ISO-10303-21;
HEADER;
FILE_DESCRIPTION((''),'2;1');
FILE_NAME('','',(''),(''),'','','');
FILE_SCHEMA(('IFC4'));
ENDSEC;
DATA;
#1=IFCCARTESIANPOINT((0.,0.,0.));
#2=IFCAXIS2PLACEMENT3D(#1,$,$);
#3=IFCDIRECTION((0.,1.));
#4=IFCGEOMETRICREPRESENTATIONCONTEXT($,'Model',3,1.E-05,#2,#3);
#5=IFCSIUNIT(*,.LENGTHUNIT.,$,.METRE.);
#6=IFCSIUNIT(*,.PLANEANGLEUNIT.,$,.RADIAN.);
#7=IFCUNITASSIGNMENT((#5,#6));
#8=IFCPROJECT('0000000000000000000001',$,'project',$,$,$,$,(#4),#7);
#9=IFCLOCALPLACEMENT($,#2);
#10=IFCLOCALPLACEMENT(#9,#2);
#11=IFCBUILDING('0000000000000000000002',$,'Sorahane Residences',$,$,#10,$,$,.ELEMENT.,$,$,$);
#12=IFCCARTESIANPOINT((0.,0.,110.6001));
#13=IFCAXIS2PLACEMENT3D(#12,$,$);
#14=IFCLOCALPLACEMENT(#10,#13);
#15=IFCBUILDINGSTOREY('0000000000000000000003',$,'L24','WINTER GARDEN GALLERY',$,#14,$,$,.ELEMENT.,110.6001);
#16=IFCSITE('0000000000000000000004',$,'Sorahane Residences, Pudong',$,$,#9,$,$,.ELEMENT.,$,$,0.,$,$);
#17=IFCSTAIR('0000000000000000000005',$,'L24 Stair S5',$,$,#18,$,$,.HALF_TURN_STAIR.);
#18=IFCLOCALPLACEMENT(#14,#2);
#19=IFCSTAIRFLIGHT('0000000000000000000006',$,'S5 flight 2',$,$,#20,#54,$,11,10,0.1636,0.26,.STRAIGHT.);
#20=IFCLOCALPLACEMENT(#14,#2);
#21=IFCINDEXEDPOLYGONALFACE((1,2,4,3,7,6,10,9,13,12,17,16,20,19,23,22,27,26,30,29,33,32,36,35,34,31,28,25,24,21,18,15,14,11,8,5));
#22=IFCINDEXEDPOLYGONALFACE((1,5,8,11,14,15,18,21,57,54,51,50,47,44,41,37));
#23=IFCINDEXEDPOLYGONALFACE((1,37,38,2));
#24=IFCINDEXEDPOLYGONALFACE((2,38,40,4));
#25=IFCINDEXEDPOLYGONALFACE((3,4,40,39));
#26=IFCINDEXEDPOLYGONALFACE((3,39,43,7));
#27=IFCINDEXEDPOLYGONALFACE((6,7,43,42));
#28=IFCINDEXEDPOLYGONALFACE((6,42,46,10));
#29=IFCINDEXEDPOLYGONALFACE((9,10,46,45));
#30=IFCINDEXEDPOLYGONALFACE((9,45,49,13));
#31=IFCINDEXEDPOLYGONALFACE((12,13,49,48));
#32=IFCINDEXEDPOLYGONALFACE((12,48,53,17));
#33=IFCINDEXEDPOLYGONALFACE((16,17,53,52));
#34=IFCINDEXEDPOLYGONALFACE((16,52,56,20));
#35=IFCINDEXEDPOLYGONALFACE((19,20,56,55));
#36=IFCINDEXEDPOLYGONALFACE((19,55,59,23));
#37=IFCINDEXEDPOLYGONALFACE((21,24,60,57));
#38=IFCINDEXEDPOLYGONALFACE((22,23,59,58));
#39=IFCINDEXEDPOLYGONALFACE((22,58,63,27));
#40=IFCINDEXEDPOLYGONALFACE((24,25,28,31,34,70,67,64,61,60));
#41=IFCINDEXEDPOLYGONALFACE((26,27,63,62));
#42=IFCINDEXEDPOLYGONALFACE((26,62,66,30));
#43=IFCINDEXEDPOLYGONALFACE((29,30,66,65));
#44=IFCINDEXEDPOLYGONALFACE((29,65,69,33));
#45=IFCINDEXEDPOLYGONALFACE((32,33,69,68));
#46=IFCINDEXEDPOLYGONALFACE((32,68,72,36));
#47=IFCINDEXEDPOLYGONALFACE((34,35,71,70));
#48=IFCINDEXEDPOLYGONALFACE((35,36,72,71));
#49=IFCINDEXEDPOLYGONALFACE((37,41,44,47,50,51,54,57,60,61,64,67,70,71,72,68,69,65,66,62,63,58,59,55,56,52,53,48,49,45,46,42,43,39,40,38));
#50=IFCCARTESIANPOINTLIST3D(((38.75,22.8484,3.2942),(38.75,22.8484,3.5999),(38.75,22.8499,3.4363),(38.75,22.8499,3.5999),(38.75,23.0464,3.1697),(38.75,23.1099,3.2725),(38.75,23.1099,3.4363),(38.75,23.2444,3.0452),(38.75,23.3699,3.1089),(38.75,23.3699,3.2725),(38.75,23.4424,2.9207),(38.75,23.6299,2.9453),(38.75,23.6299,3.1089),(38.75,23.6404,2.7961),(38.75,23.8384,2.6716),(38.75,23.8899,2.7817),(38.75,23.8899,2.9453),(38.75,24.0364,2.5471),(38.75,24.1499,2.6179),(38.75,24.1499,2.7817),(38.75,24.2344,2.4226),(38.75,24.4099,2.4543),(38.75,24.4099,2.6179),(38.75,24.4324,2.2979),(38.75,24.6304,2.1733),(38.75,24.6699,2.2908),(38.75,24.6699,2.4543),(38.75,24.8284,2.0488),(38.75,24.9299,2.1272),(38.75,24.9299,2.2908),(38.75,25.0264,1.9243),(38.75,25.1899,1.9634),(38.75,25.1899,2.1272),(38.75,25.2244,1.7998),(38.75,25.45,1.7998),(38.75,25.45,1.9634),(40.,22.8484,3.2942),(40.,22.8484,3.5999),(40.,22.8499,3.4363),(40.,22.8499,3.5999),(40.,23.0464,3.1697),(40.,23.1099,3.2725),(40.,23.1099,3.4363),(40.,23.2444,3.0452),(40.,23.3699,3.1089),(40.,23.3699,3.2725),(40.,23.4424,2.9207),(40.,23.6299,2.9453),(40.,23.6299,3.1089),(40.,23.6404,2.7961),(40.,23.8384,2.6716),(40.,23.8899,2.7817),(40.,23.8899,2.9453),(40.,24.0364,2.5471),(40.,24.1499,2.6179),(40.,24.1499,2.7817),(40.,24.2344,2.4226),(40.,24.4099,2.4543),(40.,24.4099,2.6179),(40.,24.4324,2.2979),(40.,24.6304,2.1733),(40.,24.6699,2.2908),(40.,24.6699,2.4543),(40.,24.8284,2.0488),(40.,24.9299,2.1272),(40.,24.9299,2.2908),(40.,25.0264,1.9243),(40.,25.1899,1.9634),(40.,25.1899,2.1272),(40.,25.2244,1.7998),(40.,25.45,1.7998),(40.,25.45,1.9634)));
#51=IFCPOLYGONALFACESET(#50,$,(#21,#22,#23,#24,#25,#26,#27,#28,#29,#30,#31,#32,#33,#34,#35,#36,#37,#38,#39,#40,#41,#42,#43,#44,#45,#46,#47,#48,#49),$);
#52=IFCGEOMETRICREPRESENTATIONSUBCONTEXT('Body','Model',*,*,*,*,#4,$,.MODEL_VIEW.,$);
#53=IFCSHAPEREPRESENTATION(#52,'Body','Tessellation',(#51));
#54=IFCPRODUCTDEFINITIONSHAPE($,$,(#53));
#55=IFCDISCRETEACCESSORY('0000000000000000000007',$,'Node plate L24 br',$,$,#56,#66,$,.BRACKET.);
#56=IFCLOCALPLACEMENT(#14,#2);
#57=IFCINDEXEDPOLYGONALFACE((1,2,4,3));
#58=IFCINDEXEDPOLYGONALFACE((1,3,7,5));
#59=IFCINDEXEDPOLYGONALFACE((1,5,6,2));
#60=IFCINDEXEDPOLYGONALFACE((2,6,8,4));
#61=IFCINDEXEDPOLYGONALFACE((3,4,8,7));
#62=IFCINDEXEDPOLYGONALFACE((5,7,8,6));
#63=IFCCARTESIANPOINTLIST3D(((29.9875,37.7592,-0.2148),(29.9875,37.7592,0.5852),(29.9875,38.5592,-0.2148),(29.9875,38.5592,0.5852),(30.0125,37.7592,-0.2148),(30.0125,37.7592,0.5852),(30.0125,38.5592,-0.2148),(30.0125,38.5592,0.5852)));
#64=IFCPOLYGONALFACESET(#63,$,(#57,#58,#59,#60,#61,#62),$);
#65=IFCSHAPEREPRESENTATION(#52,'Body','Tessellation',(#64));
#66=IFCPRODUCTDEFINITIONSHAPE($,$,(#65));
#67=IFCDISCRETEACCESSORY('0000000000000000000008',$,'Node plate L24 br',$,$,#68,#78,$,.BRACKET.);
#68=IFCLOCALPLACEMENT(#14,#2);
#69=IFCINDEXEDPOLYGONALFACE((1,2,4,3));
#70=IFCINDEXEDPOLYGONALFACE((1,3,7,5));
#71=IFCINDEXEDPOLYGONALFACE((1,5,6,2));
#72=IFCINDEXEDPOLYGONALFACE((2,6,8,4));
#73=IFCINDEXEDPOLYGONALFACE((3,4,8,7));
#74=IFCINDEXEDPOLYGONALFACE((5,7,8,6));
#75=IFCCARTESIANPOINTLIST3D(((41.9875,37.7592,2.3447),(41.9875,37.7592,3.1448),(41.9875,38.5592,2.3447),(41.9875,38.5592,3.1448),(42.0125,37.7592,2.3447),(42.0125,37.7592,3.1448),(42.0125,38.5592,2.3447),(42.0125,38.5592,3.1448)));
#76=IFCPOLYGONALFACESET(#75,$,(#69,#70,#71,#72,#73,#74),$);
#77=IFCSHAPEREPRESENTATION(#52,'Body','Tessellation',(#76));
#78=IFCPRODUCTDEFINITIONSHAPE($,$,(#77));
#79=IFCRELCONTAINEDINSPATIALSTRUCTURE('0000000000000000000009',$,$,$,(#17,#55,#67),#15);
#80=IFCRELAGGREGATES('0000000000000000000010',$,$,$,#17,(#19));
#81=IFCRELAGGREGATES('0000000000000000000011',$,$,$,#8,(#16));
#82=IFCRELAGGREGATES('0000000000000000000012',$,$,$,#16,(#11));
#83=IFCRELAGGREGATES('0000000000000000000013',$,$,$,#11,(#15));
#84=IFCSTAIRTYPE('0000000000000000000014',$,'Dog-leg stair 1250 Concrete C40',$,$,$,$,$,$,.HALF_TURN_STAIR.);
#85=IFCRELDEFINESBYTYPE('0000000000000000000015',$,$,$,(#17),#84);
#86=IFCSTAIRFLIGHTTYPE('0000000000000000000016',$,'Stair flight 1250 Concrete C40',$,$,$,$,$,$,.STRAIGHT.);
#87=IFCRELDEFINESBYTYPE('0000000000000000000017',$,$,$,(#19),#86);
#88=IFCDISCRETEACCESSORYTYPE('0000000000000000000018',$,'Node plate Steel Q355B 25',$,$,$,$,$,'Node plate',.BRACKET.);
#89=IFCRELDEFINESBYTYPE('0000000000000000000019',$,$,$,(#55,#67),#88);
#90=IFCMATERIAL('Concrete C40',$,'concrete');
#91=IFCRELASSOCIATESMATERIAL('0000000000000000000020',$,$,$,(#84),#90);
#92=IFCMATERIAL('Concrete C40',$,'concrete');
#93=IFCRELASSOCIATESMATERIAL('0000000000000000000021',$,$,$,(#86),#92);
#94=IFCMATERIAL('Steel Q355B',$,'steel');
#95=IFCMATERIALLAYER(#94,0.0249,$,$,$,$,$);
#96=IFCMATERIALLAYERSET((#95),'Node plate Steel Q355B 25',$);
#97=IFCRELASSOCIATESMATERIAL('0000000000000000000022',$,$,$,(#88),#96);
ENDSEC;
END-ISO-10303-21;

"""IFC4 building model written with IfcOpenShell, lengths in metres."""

from ifc_helpers import new_model, si_unit, direction, frame, origin, origin_2d, place, context, subcontext, project, spatial, polyline, rectangle, outline, extrude, material, layer, layer_set, type_object, element, aggregate, save


model = new_model("IFC4")

# Units and contexts
model_context = context("Model", 3, precision=1e-05, world=origin(), true_north=direction((0.0, 1.0)))
body_context = subcontext(model_context, "Body", "Model", "MODEL_VIEW")
ifc_project = project(units=[si_unit("LENGTHUNIT", "METRE"), si_unit("PLANEANGLEUNIT", "RADIAN")], contexts=[model_context])

# Site, building, storey
site_placement = place(None, origin())
site = spatial("IfcSite", under=ifc_project, at=site_placement, Name="Sorahane Residences, Pudong", CompositionType="ELEMENT", RefElevation=0.0)
building_placement = place(site_placement, origin())
building = spatial("IfcBuilding", under=site, at=building_placement, Name="Sorahane Residences", CompositionType="ELEMENT")
storey_placement = place(building_placement, frame((0.0, 0.0, 110.6001)))
storey = spatial("IfcBuildingStorey", under=building, at=storey_placement, Name="L24", Description="WINTER GARDEN GALLERY", CompositionType="ELEMENT", Elevation=110.6001)

# Stair, stair flight
ifc_material_1 = material(Name="Concrete C40", Category="concrete")
stair_type = type_object("IfcStairType", Name="Dog-leg stair 1250 Concrete C40", PredefinedType="HALF_TURN_STAIR", material=ifc_material_1)
stair_placement = place(storey_placement, origin())
stair = element("IfcStair", 1, at=stair_placement, inside=storey, type_object=stair_type, Name="L24 Stair S5", PredefinedType="HALF_TURN_STAIR")
ifc_material_2 = material(Name="Concrete C40", Category="concrete")
stair_flight_type = type_object("IfcStairFlightType", Name="Stair flight 1250 Concrete C40", PredefinedType="STRAIGHT", material=ifc_material_2)
stair_flight_placement = place(storey_placement, frame((39.375, 25.45, 1.7998), z_axis=(0.0, 0.0, 1.0), x_axis=(0.0, -1.0, 0.0)))
stair_flight = element("IfcStairFlight", 2, at=stair_flight_placement, type_object=stair_flight_type, Name="S5 flight 2", NumberOfRisers=11, NumberOfTreads=10, PredefinedType="STRAIGHT", RiserHeight=0.1636, TreadLength=0.26, context=body_context, shape_type="SweptSolid", body=[
    extrude(outline(polyline([(0.0, 0.0), (0.0, 0.1636), (0.26, 0.1636), (0.26, 0.3274), (0.52, 0.3274), (0.52, 0.491), (0.78, 0.491), (0.78, 0.6545), (1.04, 0.6545), (1.04, 0.8181), (1.3, 0.8181), (1.3, 0.9819), (1.5601, 0.9819), (1.5601, 1.1455), (1.8201, 1.1455), (1.8201, 1.3091), (2.0801, 1.3091), (2.0801, 1.4727), (2.3401, 1.4727), (2.3401, 1.6365), (2.6001, 1.6365), (2.6001, 1.8), (2.6016, 1.8), (2.6016, 1.4944), (2.4036, 1.3699), (2.2056, 1.2454), (2.0076, 1.1208), (1.8096, 0.9963), (1.6116, 0.8718), (1.4136, 0.7473), (1.2156, 0.6228), (1.0176, 0.498), (0.8196, 0.3735), (0.6216, 0.249), (0.4236, 0.1245), (0.2256, 0.0), (0.0, 0.0)])), frame((0.0, 0.625, 0.0), z_axis=(0.0, -1.0, 0.0), x_axis=(1.0, 0.0, 0.0)), (0.0, 0.0, 1.0), 1.25),
])
aggregate(stair, [stair_flight])

# Discrete accessories
ifc_material_3 = material(Name="Steel Q355B", Category="steel")
ifc_layer_1 = layer(ifc_material_3, 0.0249)
ifc_layer_set_1 = layer_set([ifc_layer_1], Name="Node plate Steel Q355B 25")
discrete_accessory_type = type_object("IfcDiscreteAccessoryType", Name="Node plate Steel Q355B 25", ElementType="Node plate", PredefinedType="BRACKET", material=ifc_layer_set_1)
for number, where, z_axis, x_axis, name in (
    (3, (30.0, 38.1592, -0.2148), (0.0, 0.0, 1.0), (0.0, 1.0, 0.0), "Node plate L24 br"),
    (4, (42.0, 38.1592, 2.3447), (0.0, 0.0, 1.0), (0.0, 1.0, 0.0), "Node plate L24 br"),
):
    element("IfcDiscreteAccessory", number, at=place(storey_placement, frame(where, z_axis=z_axis, x_axis=x_axis)), inside=storey, type_object=discrete_accessory_type, Name=name, PredefinedType="BRACKET", context=body_context, shape_type="SweptSolid", body=[
        extrude(rectangle(XDim=0.8, YDim=0.0249, at=origin_2d()), origin(), (0.0, 0.0, 1.0), 0.8),
    ])

save(model, "model.ifc")
